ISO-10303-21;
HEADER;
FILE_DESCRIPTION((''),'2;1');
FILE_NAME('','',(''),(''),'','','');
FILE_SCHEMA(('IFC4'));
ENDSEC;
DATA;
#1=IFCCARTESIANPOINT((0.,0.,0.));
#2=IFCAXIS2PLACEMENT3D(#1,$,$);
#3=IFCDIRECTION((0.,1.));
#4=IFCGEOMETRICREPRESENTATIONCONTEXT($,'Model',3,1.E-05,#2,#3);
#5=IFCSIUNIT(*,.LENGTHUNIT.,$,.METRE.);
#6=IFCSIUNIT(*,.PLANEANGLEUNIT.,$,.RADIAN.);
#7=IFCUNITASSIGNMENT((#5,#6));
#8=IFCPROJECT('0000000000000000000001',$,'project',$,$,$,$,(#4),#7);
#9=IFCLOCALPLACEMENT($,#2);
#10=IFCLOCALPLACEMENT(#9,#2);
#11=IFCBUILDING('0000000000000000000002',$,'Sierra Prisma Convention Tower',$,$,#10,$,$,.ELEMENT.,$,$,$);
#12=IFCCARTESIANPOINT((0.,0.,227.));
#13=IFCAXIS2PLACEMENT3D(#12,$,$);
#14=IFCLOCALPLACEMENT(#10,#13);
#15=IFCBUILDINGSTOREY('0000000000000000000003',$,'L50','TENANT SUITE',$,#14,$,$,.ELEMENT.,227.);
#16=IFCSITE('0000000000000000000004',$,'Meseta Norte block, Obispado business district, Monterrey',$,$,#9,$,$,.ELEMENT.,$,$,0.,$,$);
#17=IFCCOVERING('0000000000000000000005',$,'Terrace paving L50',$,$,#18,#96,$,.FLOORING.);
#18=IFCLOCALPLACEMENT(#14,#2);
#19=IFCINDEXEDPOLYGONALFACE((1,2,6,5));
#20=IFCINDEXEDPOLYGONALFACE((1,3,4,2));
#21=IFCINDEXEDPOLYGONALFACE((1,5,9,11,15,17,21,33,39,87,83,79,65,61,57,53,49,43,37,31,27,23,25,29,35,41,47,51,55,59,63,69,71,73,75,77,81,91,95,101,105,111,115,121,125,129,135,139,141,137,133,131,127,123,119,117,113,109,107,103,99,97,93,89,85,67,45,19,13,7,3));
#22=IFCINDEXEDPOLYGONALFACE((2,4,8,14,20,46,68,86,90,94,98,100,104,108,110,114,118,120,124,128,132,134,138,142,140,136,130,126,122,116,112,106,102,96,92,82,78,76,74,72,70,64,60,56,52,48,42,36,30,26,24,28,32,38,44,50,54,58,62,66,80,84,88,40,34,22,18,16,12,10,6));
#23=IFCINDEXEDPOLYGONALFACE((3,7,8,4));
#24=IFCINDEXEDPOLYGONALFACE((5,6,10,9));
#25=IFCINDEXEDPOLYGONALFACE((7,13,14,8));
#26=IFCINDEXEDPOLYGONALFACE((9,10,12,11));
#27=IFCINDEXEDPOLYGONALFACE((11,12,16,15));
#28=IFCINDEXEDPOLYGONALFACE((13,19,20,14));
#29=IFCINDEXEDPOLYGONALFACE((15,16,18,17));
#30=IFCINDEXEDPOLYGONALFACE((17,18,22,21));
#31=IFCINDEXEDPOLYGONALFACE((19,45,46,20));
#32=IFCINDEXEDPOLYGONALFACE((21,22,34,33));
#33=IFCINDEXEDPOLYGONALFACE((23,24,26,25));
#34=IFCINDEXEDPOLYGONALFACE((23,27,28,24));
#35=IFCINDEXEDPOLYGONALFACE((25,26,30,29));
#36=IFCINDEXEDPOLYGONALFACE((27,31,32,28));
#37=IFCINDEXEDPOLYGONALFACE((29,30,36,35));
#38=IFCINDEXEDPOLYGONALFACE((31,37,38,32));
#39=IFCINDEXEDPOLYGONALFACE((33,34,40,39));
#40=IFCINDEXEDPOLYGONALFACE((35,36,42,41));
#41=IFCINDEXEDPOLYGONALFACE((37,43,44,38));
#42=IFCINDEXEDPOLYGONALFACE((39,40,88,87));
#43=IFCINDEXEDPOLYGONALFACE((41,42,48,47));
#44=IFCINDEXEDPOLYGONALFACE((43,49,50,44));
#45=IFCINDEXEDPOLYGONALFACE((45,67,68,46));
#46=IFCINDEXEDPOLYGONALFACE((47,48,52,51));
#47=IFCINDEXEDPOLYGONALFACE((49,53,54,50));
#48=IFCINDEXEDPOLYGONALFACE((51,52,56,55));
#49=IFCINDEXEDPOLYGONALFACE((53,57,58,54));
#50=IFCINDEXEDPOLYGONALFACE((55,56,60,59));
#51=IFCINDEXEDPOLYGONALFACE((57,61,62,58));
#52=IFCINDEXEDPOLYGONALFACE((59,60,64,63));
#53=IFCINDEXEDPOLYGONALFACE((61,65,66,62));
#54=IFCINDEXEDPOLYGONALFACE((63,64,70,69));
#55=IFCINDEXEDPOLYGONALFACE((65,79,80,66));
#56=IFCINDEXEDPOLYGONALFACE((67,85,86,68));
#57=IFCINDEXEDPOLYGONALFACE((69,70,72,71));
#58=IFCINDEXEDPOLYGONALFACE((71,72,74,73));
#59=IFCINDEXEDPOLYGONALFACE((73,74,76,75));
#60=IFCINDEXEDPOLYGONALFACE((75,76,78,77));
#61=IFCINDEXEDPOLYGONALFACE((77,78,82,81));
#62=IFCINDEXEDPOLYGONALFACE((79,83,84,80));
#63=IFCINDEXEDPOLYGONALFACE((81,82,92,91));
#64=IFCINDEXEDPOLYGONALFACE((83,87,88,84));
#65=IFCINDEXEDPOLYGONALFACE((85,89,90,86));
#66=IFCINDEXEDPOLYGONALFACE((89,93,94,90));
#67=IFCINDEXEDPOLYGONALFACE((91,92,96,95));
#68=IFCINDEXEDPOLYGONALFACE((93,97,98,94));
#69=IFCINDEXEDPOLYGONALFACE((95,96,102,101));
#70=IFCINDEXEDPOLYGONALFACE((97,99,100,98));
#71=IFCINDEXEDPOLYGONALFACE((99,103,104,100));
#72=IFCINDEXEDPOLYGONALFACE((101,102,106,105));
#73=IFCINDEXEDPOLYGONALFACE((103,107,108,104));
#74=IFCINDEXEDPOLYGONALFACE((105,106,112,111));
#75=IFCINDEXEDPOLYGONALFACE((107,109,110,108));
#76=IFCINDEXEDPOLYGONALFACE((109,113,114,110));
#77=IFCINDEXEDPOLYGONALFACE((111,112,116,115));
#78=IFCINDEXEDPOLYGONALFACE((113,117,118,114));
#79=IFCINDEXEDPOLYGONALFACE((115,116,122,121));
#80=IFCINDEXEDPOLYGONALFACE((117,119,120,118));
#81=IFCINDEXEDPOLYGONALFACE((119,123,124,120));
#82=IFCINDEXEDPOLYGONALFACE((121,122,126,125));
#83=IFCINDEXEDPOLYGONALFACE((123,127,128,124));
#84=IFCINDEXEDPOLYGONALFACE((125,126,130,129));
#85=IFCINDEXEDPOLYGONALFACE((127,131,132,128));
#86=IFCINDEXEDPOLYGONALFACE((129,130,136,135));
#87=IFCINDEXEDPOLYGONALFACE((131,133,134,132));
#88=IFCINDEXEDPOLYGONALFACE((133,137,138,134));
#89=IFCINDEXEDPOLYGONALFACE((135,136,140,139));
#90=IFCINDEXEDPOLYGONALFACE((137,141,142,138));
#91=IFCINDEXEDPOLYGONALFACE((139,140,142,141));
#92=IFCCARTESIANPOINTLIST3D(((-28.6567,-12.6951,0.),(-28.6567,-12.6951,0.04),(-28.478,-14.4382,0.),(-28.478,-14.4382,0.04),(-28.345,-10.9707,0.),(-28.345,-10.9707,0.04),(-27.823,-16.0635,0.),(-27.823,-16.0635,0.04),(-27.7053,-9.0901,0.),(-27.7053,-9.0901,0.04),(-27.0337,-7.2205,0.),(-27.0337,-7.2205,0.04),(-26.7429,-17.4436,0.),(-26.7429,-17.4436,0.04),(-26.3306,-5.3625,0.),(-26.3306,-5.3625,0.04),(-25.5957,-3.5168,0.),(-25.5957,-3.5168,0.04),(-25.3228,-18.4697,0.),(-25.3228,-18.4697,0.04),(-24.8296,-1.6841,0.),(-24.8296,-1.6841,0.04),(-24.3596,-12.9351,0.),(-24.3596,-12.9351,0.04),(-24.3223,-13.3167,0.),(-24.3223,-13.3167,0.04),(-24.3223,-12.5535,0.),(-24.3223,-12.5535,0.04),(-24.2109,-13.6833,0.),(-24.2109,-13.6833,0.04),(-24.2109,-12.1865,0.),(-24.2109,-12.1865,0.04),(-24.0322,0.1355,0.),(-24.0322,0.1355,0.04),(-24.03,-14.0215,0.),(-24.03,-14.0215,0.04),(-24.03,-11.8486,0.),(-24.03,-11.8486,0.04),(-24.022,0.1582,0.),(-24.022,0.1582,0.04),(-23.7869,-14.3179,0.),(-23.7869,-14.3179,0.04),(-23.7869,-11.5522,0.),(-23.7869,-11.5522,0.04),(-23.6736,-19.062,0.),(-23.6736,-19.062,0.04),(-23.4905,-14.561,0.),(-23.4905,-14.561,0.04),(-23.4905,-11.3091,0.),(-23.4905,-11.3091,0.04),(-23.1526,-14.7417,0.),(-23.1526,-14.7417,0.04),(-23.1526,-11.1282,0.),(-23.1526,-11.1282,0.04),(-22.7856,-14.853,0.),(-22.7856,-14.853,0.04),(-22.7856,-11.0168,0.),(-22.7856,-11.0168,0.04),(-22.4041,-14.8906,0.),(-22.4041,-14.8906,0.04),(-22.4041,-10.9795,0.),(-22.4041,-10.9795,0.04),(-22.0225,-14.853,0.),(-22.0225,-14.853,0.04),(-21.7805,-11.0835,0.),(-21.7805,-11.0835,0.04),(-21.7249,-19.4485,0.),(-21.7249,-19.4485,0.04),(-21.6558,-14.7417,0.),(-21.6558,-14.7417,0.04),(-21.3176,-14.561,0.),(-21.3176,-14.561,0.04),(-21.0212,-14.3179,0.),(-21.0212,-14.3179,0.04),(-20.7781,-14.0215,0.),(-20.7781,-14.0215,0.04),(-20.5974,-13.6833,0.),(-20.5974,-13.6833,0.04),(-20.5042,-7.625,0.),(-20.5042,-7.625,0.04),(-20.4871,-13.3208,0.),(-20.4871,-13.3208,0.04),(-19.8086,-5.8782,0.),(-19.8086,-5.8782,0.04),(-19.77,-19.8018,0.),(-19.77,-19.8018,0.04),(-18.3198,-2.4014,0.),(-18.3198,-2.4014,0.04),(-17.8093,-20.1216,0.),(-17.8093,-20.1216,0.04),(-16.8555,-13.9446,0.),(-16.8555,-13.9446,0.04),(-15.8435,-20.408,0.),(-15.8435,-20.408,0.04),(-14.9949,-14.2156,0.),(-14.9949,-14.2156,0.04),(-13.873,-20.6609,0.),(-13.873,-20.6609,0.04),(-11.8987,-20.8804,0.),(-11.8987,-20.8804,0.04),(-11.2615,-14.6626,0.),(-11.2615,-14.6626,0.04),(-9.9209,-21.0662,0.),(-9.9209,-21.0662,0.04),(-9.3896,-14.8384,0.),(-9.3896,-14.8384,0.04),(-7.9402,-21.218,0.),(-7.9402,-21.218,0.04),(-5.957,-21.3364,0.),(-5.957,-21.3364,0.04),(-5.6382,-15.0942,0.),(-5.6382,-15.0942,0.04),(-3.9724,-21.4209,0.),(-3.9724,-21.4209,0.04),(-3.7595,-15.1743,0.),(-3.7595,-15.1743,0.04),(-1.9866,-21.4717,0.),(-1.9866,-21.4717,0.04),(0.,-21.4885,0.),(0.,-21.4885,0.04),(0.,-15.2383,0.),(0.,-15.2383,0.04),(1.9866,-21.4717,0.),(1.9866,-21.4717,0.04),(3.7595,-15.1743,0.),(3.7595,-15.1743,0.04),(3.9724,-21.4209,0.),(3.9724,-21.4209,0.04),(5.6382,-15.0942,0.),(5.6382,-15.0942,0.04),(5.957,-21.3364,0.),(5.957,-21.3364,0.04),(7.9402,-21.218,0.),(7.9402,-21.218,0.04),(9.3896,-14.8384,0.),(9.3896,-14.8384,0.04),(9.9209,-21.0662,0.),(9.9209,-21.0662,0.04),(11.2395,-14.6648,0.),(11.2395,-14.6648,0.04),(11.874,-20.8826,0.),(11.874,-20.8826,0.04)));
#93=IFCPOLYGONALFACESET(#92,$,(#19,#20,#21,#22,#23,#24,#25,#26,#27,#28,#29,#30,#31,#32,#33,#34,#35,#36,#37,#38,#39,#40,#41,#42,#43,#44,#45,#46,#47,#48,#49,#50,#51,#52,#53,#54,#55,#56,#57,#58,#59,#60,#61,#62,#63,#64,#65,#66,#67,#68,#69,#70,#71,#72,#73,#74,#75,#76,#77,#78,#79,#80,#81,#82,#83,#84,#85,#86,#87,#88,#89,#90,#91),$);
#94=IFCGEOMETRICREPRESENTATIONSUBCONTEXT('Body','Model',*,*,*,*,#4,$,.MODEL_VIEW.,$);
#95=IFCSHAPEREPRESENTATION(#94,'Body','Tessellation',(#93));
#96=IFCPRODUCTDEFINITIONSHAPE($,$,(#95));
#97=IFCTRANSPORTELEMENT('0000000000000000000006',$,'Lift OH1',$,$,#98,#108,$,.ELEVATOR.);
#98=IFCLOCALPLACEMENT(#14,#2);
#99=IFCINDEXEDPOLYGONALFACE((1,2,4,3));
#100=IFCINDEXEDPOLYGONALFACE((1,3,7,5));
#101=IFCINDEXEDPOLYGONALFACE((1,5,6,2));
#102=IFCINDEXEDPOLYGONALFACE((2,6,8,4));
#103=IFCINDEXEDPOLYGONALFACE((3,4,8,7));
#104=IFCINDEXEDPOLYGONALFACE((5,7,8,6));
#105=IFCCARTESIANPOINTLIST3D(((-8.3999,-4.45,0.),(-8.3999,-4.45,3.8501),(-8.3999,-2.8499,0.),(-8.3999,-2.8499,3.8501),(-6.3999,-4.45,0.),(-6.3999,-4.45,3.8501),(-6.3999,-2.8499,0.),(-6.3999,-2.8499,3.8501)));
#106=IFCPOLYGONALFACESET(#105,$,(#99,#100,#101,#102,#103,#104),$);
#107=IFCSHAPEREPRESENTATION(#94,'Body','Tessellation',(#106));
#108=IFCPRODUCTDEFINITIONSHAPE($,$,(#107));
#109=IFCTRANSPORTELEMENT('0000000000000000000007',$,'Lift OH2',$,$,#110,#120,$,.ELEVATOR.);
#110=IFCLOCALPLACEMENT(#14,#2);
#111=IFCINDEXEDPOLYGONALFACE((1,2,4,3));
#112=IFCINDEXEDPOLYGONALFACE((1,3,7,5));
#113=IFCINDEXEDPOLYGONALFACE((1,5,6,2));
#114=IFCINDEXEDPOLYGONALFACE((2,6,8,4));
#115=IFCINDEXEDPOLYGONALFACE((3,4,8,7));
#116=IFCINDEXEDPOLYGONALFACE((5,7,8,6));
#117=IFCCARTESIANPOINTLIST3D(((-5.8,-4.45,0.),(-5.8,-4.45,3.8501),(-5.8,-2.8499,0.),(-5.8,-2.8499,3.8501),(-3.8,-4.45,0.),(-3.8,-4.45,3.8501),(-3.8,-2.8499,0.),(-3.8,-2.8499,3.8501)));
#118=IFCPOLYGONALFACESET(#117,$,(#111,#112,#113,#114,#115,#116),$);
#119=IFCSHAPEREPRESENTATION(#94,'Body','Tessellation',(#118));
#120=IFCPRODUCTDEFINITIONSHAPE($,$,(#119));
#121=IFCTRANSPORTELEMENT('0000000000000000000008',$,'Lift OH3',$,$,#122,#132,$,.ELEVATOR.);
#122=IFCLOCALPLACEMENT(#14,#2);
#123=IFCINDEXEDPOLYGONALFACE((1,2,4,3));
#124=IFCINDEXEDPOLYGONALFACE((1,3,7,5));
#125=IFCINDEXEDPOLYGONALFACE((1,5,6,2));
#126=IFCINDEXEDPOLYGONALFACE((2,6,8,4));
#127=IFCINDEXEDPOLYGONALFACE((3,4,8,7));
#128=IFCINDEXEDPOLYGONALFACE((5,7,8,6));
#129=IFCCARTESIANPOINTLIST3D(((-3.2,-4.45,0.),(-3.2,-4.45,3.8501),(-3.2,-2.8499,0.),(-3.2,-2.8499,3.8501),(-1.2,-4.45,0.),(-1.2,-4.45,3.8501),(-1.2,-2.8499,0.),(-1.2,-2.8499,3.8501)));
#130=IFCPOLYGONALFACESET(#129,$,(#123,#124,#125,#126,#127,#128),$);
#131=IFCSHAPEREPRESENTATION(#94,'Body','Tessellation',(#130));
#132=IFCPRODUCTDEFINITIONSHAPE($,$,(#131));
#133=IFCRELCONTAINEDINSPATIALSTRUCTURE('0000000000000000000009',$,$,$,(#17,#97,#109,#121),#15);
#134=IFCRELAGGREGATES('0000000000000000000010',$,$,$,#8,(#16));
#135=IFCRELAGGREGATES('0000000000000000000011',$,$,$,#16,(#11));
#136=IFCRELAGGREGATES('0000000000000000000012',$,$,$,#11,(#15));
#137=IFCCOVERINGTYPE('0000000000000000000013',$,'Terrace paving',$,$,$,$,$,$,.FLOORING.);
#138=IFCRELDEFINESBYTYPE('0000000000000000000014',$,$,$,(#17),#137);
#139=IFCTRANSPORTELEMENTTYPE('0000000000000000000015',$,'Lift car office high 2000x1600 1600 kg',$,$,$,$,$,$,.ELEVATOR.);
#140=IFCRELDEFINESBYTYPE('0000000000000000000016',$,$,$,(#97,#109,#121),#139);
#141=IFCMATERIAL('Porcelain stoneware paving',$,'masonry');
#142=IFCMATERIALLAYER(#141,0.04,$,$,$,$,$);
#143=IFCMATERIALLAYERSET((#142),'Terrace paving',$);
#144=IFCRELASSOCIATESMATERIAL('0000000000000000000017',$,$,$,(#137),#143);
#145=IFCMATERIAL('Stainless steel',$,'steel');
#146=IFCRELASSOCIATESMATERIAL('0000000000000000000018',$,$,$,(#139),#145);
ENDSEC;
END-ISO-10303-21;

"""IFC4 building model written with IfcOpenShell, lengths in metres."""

from ifc_helpers import new_model, si_unit, direction, frame, origin, origin_2d, place, context, subcontext, project, spatial, polyline, rectangle, outline, extrude, material, layer, layer_set, type_object, element, save


model = new_model("IFC4")

# Units and contexts
model_context = context("Model", 3, precision=1e-05, world=origin(), true_north=direction((0.0, 1.0)))
body_context = subcontext(model_context, "Body", "Model", "MODEL_VIEW")
ifc_project = project(units=[si_unit("LENGTHUNIT", "METRE"), si_unit("PLANEANGLEUNIT", "RADIAN")], contexts=[model_context])

# Site, building, storey
site_placement = place(None, origin())
site = spatial("IfcSite", under=ifc_project, at=site_placement, Name="Meseta Norte block, Obispado business district, Monterrey", CompositionType="ELEMENT", RefElevation=0.0)
building_placement = place(site_placement, origin())
building = spatial("IfcBuilding", under=site, at=building_placement, Name="Sierra Prisma Convention Tower", CompositionType="ELEMENT")
storey_placement = place(building_placement, frame((0.0, 0.0, 227.0)))
storey = spatial("IfcBuildingStorey", under=building, at=storey_placement, Name="L50", Description="TENANT SUITE", CompositionType="ELEMENT", Elevation=227.0)

# Covering
ifc_material_1 = material(Name="Porcelain stoneware paving", Category="masonry")
ifc_layer_1 = layer(ifc_material_1, 0.04)
ifc_layer_set_1 = layer_set([ifc_layer_1], Name="Terrace paving")
covering_type_1 = type_object("IfcCoveringType", Name="Terrace paving", PredefinedType="FLOORING", material=ifc_layer_set_1)
covering_1_placement = place(storey_placement, origin())
element("IfcCovering", 1, at=covering_1_placement, inside=storey, type_object=covering_type_1, Name="Terrace paving L50", PredefinedType="FLOORING", context=body_context, shape_type="SweptSolid", body=[
    extrude(outline(polyline([(-24.022, 0.1582), (-24.0322, 0.1355), (-24.8296, -1.6841), (-25.5957, -3.5168), (-26.3306, -5.3625), (-27.0337, -7.2205), (-27.7053, -9.0901), (-28.345, -10.9707), (-28.6567, -12.6951), (-28.478, -14.4382), (-27.823, -16.0635), (-26.7429, -17.4436), (-25.3228, -18.4697), (-23.6736, -19.062), (-21.7249, -19.4485), (-19.77, -19.8018), (-17.8093, -20.1216), (-15.8435, -20.408), (-13.873, -20.6609), (-11.8987, -20.8804), (-9.9209, -21.0662), (-7.9402, -21.218), (-5.957, -21.3364), (-3.9724, -21.4209), (-1.9866, -21.4717), (0.0, -21.4885), (1.9866, -21.4717), (3.9724, -21.4209), (5.957, -21.3364), (7.9402, -21.218), (9.9209, -21.0662), (11.874, -20.8826), (11.2395, -14.6648), (9.3896, -14.8384), (5.6382, -15.0942), (3.7595, -15.1743), (0.0, -15.2383), (-3.7595, -15.1743), (-5.6382, -15.0942), (-9.3896, -14.8384), (-11.2615, -14.6626), (-14.9949, -14.2156), (-16.8555, -13.9446), (-20.4871, -13.3208), (-20.5974, -13.6833), (-20.7781, -14.0215), (-21.0212, -14.3179), (-21.3176, -14.561), (-21.6558, -14.7417), (-22.0225, -14.853), (-22.4041, -14.8906), (-22.7856, -14.853), (-23.1526, -14.7417), (-23.4905, -14.561), (-23.7869, -14.3179), (-24.03, -14.0215), (-24.2109, -13.6833), (-24.3223, -13.3167), (-24.3596, -12.9351), (-24.3223, -12.5535), (-24.2109, -12.1865), (-24.03, -11.8486), (-23.7869, -11.5522), (-23.4905, -11.3091), (-23.1526, -11.1282), (-22.7856, -11.0168), (-22.4041, -10.9795), (-21.7805, -11.0835), (-20.5042, -7.625), (-19.8086, -5.8782), (-18.3198, -2.4014), (-24.022, 0.1582)])), origin(), (0.0, 0.0, 1.0), 0.04),
])

# Transport elements
ifc_material_2 = material(Name="Stainless steel", Category="steel")
transport_element_type = type_object("IfcTransportElementType", Name="Lift car office high 2000x1600 1600 kg", PredefinedType="ELEVATOR", material=ifc_material_2)
for number, where, z_axis, x_axis, name in (
    (2, (-7.3999, -3.6499, 0.0), (0.0, 0.0, 1.0), (1.0, 0.0, 0.0), "Lift OH1"),
    (3, (-4.8, -3.6499, 0.0), (0.0, 0.0, 1.0), (1.0, 0.0, 0.0), "Lift OH2"),
    (4, (-2.2, -3.6499, 0.0), (0.0, 0.0, 1.0), (1.0, 0.0, 0.0), "Lift OH3"),
):
    element("IfcTransportElement", number, at=place(storey_placement, frame(where, z_axis=z_axis, x_axis=x_axis)), inside=storey, type_object=transport_element_type, Name=name, PredefinedType="ELEVATOR", context=body_context, shape_type="SweptSolid", body=[
        extrude(rectangle(XDim=2.0, YDim=1.6001, at=origin_2d()), origin(), (0.0, 0.0, 1.0), 3.8501),
    ])

save(model, "model.ifc")
